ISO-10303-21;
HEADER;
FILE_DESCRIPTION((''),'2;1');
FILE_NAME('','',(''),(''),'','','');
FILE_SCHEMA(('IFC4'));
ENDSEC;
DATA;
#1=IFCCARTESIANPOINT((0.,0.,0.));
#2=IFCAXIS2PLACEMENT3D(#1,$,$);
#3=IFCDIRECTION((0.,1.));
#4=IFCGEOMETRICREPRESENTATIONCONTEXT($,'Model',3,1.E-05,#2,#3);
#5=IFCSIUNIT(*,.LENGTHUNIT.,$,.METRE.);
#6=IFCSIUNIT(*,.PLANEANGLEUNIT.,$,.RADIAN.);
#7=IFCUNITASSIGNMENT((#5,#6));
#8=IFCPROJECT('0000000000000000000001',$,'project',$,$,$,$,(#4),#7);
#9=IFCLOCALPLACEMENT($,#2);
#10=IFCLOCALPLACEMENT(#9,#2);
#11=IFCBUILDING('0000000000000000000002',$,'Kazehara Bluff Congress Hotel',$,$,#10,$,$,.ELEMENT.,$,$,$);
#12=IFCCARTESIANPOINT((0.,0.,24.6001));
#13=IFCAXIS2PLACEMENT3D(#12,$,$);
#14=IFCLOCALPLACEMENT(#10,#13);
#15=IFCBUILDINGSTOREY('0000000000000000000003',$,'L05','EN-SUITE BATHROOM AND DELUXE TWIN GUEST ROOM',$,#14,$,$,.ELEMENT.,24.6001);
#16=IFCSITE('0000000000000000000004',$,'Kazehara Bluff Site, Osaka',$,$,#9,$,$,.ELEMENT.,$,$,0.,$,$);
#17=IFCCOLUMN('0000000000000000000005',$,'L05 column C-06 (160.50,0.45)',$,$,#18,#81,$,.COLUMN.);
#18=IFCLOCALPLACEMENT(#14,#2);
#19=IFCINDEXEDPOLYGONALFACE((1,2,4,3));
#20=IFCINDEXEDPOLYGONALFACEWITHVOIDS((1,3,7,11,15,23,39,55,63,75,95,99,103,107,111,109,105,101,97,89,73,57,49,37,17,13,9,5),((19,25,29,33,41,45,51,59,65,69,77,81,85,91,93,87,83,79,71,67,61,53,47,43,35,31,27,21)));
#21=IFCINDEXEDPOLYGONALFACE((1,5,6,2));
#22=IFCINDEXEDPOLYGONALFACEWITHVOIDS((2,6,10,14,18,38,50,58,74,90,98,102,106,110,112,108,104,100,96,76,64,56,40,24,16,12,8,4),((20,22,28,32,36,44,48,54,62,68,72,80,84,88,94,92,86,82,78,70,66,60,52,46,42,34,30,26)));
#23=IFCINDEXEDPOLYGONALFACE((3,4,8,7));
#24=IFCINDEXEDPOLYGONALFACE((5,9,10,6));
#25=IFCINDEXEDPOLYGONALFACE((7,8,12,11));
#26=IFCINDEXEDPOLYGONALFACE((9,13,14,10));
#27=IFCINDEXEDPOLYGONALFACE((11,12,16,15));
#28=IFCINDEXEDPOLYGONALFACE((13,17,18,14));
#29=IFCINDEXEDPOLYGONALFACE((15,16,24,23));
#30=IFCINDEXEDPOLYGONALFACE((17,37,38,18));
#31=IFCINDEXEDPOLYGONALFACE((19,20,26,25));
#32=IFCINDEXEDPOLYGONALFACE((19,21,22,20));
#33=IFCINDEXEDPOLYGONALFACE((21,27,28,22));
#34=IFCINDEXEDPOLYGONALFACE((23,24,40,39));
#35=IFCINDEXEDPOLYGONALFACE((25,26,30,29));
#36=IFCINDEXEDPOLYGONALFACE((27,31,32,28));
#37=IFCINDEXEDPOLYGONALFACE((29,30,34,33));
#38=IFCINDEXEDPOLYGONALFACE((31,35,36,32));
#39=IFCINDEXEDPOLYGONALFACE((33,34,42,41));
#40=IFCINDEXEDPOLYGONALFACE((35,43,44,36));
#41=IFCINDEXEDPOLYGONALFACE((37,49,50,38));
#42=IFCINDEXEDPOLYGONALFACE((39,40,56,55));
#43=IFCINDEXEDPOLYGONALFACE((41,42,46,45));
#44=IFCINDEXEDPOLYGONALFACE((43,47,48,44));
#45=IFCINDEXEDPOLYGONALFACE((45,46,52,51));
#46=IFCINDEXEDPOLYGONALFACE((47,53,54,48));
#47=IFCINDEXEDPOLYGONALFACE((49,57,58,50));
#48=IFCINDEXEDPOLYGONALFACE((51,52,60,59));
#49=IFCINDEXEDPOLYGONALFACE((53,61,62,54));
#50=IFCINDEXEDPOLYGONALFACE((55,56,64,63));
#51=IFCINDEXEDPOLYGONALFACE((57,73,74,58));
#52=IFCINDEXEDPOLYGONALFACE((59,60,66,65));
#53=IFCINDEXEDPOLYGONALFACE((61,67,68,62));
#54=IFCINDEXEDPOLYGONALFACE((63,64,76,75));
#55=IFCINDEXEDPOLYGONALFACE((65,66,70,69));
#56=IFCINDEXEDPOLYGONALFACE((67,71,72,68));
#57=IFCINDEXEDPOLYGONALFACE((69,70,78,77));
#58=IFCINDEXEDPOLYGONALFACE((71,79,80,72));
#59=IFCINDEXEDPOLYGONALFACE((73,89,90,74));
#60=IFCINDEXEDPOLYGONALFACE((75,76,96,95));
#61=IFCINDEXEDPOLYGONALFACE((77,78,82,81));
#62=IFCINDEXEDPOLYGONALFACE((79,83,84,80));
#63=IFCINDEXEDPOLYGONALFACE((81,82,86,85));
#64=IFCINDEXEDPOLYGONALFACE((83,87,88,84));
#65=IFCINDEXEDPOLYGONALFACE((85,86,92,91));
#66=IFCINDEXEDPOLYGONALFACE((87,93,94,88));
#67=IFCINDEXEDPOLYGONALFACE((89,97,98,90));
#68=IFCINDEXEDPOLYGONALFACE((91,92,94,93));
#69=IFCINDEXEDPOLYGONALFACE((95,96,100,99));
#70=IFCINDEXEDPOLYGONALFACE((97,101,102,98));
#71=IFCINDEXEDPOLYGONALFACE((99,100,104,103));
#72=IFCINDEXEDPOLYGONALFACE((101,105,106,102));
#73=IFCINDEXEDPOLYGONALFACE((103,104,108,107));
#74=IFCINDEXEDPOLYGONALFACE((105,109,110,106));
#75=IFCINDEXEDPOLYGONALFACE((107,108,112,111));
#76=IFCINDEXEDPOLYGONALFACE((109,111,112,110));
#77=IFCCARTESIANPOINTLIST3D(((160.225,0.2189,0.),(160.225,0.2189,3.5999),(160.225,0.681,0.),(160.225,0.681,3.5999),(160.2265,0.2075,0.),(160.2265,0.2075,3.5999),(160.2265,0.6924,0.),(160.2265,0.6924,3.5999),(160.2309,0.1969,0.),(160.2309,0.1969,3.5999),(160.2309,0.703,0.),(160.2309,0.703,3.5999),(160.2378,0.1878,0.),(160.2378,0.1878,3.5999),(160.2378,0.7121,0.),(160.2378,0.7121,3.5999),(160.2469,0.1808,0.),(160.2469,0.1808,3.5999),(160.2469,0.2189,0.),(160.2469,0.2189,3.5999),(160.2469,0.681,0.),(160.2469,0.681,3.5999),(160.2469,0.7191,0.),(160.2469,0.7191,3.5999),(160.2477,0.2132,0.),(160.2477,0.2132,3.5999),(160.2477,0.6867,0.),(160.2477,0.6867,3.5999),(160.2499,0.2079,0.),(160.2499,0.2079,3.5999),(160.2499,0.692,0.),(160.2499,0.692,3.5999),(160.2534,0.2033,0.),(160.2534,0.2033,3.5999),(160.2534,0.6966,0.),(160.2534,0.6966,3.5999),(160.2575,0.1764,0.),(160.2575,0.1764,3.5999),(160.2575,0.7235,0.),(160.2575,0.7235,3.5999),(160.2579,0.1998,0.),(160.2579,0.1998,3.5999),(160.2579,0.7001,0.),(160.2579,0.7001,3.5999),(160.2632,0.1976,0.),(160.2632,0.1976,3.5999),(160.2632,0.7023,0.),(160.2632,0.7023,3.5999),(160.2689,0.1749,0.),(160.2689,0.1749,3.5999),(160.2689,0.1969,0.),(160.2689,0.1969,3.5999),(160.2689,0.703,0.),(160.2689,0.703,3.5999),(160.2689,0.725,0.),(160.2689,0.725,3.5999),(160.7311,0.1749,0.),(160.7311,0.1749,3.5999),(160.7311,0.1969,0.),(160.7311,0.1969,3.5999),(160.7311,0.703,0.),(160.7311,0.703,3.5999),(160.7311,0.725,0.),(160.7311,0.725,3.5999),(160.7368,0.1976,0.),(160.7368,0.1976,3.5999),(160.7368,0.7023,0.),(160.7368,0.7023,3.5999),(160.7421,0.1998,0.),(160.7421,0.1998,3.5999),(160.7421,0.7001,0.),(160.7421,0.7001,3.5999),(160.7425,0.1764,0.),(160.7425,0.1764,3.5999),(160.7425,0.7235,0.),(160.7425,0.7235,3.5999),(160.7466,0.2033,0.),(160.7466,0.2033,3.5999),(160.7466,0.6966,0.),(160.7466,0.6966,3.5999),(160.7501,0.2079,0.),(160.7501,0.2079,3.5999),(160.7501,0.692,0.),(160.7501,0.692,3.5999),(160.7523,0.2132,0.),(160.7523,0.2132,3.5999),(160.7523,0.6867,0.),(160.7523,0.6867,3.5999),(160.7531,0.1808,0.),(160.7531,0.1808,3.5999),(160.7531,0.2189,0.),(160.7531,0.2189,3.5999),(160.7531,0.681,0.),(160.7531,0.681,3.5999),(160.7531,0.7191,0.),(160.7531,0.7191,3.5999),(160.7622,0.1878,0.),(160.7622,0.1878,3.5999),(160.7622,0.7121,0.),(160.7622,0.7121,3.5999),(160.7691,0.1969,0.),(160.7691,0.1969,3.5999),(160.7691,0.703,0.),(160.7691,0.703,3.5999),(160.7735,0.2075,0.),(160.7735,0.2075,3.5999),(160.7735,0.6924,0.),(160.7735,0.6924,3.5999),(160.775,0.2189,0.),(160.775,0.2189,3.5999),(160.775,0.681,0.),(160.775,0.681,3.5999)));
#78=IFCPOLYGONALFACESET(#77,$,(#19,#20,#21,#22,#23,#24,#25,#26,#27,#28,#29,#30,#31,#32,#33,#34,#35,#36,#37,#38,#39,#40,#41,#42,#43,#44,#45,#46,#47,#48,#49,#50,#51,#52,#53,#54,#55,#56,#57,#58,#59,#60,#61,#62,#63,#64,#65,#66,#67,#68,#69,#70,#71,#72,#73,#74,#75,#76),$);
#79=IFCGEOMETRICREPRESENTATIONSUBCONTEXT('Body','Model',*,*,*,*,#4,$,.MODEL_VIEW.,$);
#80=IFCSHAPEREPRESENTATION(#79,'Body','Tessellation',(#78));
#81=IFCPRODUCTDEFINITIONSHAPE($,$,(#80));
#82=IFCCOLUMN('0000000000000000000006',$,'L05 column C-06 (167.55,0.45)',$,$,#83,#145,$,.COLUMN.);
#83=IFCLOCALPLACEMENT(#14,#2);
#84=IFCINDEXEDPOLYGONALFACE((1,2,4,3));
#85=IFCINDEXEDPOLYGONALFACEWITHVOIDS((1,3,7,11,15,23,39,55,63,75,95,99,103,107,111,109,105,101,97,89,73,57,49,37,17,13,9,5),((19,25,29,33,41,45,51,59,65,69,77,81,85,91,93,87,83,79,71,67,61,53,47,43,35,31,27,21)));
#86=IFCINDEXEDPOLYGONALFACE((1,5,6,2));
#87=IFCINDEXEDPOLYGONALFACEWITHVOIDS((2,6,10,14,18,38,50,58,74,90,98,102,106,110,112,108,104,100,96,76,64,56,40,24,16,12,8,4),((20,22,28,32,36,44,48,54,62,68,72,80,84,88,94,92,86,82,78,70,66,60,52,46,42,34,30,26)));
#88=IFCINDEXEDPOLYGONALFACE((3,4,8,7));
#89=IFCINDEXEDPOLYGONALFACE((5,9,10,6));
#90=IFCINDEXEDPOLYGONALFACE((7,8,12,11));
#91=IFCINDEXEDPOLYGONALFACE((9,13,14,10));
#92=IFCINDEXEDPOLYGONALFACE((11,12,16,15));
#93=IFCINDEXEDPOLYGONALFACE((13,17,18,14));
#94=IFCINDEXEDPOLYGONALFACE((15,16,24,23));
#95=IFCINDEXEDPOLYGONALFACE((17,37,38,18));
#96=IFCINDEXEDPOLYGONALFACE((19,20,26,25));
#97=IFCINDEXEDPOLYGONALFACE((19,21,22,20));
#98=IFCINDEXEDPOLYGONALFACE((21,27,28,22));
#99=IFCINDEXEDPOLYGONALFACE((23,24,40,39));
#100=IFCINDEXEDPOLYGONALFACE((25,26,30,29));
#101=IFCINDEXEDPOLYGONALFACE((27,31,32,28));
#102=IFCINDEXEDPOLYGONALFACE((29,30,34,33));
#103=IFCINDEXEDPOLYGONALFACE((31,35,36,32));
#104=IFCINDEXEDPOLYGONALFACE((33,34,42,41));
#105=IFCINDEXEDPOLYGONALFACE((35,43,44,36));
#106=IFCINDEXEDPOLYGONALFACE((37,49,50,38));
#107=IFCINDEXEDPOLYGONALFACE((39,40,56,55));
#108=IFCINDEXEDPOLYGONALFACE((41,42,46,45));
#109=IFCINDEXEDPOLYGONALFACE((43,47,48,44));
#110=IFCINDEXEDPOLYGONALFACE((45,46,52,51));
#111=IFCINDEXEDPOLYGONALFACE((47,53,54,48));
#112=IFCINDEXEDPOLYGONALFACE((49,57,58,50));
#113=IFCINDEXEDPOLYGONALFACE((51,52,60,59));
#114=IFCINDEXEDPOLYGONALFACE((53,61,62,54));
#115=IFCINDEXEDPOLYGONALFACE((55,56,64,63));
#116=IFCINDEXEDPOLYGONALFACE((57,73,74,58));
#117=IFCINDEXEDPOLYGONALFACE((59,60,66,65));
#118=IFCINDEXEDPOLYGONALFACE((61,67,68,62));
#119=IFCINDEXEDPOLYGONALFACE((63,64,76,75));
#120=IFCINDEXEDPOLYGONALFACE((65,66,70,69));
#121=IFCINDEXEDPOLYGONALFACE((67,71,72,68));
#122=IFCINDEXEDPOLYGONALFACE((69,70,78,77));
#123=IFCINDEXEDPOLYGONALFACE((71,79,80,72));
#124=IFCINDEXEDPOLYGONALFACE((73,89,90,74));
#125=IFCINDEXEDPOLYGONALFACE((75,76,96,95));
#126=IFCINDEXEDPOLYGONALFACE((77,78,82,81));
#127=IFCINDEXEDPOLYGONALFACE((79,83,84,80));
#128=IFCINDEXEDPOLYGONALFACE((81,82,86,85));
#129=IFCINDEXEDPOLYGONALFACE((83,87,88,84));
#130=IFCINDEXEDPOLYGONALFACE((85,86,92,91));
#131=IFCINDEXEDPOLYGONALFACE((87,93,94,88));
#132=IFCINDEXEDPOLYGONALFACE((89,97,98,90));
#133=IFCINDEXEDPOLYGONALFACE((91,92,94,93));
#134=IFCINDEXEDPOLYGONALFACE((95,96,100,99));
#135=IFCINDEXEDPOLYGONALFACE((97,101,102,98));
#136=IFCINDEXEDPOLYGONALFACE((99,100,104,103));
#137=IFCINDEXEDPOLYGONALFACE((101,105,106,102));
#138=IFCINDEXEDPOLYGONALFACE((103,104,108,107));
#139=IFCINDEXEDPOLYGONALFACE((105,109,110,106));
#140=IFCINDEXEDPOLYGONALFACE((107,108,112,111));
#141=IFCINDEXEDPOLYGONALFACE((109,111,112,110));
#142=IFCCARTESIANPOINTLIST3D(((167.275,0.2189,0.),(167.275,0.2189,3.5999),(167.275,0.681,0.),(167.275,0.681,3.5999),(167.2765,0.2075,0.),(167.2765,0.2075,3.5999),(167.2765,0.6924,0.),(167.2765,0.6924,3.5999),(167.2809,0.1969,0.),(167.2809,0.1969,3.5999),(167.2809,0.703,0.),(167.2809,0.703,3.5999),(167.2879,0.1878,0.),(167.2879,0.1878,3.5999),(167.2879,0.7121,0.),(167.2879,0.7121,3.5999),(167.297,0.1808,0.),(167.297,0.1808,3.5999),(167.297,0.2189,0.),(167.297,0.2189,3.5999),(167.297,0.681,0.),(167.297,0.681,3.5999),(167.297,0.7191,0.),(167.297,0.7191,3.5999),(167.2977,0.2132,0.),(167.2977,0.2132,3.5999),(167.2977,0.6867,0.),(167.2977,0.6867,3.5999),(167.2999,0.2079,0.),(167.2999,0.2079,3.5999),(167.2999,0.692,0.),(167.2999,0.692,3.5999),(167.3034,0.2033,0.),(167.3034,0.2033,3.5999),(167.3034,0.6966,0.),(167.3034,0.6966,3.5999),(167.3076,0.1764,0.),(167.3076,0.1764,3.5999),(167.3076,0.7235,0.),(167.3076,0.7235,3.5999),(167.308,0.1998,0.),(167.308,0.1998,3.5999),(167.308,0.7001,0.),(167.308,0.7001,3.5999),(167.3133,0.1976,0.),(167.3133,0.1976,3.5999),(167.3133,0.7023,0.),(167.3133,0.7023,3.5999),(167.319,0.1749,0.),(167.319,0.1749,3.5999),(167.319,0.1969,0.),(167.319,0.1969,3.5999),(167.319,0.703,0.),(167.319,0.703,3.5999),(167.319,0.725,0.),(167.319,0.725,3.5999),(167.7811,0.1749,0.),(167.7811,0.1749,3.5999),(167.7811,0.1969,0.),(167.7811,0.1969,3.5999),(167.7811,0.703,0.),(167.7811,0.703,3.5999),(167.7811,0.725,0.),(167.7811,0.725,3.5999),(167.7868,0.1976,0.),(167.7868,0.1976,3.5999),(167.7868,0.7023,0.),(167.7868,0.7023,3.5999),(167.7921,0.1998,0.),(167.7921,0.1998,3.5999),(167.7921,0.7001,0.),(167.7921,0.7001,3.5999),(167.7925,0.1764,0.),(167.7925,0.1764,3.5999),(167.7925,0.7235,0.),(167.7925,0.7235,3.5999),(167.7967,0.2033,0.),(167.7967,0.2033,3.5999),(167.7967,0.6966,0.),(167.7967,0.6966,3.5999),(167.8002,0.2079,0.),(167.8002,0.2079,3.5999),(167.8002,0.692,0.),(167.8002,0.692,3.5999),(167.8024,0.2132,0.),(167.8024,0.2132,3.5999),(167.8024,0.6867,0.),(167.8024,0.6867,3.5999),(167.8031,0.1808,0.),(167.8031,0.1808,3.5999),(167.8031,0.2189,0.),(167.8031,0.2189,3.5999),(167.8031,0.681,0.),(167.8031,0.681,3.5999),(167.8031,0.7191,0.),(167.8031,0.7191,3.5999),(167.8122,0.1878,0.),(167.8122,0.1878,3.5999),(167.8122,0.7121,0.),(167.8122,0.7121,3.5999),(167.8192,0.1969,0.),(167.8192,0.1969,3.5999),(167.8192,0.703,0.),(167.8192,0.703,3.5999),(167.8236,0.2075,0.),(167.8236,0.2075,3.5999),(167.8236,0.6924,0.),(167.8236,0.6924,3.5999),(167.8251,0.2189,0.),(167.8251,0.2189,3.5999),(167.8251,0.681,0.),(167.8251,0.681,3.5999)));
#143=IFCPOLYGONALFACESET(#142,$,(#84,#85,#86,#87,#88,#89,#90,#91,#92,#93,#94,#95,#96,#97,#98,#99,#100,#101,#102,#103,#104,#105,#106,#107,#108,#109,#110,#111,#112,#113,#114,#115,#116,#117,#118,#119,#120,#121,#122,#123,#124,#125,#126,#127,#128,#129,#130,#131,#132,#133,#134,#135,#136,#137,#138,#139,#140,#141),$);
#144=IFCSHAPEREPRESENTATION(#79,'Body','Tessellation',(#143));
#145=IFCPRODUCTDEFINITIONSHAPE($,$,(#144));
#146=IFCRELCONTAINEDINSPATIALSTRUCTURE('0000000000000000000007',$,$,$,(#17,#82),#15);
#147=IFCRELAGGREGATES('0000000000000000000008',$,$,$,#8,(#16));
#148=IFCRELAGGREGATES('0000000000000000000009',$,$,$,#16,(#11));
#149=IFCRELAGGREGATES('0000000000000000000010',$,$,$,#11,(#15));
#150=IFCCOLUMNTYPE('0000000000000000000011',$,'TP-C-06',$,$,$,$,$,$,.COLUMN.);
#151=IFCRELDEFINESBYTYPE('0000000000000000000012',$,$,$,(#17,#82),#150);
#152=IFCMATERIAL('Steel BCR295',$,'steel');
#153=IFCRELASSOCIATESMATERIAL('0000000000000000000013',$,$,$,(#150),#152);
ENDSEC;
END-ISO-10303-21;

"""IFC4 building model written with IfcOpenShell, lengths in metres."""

from ifc_helpers import new_model, si_unit, direction, frame, origin, origin_2d, place, context, subcontext, project, spatial, hollow_rectangle, extrude, material, material_profile, profile_set, type_object, element, save


model = new_model("IFC4")

# Units and contexts
model_context = context("Model", 3, precision=1e-05, world=origin(), true_north=direction((0.0, 1.0)))
body_context = subcontext(model_context, "Body", "Model", "MODEL_VIEW")
ifc_project = project(units=[si_unit("LENGTHUNIT", "METRE"), si_unit("PLANEANGLEUNIT", "RADIAN")], contexts=[model_context])

# Site, building, storey
site_placement = place(None, origin())
site = spatial("IfcSite", under=ifc_project, at=site_placement, Name="Kazehara Bluff Site, Osaka", CompositionType="ELEMENT", RefElevation=0.0)
building_placement = place(site_placement, origin())
building = spatial("IfcBuilding", under=site, at=building_placement, Name="Kazehara Bluff Congress Hotel", CompositionType="ELEMENT")
storey_placement = place(building_placement, frame((0.0, 0.0, 24.6001)))
storey = spatial("IfcBuildingStorey", under=building, at=storey_placement, Name="L05", Description="EN-SUITE BATHROOM AND DELUXE TWIN GUEST ROOM", CompositionType="ELEMENT", Elevation=24.6001)

# Columns
ifc_material_1 = material(Name="Steel BCR295", Category="steel")
ifc_material_profile_1 = material_profile(ifc_material_1, hollow_rectangle(XDim=0.55, YDim=0.55, WallThickness=0.022, InnerFilletRadius=0.022, OuterFilletRadius=0.0439, at=origin_2d()))
ifc_profile_set_1 = profile_set([ifc_material_profile_1], Name="Steel BCR295")
column_type = type_object("IfcColumnType", Name="TP-C-06", PredefinedType="COLUMN", material=ifc_profile_set_1)
for number, where, z_axis, x_axis, name in (
    (1, (160.5, 0.45, 0.0), (0.0, 0.0, 1.0), (1.0, 0.0, 0.0), "L05 column C-06 (160.50,0.45)"),
    (2, (167.55, 0.45, 0.0), (0.0, 0.0, 1.0), (1.0, 0.0, 0.0), "L05 column C-06 (167.55,0.45)"),
):
    element("IfcColumn", number, at=place(storey_placement, frame(where, z_axis=z_axis, x_axis=x_axis)), inside=storey, type_object=column_type, Name=name, PredefinedType="COLUMN", context=body_context, shape_type="SweptSolid", body=[
        extrude(hollow_rectangle(XDim=0.55, YDim=0.55, WallThickness=0.022, InnerFilletRadius=0.022, OuterFilletRadius=0.0439, at=origin_2d()), origin(), (0.0, 0.0, 1.0), 3.5999),
    ])

save(model, "model.ifc")
